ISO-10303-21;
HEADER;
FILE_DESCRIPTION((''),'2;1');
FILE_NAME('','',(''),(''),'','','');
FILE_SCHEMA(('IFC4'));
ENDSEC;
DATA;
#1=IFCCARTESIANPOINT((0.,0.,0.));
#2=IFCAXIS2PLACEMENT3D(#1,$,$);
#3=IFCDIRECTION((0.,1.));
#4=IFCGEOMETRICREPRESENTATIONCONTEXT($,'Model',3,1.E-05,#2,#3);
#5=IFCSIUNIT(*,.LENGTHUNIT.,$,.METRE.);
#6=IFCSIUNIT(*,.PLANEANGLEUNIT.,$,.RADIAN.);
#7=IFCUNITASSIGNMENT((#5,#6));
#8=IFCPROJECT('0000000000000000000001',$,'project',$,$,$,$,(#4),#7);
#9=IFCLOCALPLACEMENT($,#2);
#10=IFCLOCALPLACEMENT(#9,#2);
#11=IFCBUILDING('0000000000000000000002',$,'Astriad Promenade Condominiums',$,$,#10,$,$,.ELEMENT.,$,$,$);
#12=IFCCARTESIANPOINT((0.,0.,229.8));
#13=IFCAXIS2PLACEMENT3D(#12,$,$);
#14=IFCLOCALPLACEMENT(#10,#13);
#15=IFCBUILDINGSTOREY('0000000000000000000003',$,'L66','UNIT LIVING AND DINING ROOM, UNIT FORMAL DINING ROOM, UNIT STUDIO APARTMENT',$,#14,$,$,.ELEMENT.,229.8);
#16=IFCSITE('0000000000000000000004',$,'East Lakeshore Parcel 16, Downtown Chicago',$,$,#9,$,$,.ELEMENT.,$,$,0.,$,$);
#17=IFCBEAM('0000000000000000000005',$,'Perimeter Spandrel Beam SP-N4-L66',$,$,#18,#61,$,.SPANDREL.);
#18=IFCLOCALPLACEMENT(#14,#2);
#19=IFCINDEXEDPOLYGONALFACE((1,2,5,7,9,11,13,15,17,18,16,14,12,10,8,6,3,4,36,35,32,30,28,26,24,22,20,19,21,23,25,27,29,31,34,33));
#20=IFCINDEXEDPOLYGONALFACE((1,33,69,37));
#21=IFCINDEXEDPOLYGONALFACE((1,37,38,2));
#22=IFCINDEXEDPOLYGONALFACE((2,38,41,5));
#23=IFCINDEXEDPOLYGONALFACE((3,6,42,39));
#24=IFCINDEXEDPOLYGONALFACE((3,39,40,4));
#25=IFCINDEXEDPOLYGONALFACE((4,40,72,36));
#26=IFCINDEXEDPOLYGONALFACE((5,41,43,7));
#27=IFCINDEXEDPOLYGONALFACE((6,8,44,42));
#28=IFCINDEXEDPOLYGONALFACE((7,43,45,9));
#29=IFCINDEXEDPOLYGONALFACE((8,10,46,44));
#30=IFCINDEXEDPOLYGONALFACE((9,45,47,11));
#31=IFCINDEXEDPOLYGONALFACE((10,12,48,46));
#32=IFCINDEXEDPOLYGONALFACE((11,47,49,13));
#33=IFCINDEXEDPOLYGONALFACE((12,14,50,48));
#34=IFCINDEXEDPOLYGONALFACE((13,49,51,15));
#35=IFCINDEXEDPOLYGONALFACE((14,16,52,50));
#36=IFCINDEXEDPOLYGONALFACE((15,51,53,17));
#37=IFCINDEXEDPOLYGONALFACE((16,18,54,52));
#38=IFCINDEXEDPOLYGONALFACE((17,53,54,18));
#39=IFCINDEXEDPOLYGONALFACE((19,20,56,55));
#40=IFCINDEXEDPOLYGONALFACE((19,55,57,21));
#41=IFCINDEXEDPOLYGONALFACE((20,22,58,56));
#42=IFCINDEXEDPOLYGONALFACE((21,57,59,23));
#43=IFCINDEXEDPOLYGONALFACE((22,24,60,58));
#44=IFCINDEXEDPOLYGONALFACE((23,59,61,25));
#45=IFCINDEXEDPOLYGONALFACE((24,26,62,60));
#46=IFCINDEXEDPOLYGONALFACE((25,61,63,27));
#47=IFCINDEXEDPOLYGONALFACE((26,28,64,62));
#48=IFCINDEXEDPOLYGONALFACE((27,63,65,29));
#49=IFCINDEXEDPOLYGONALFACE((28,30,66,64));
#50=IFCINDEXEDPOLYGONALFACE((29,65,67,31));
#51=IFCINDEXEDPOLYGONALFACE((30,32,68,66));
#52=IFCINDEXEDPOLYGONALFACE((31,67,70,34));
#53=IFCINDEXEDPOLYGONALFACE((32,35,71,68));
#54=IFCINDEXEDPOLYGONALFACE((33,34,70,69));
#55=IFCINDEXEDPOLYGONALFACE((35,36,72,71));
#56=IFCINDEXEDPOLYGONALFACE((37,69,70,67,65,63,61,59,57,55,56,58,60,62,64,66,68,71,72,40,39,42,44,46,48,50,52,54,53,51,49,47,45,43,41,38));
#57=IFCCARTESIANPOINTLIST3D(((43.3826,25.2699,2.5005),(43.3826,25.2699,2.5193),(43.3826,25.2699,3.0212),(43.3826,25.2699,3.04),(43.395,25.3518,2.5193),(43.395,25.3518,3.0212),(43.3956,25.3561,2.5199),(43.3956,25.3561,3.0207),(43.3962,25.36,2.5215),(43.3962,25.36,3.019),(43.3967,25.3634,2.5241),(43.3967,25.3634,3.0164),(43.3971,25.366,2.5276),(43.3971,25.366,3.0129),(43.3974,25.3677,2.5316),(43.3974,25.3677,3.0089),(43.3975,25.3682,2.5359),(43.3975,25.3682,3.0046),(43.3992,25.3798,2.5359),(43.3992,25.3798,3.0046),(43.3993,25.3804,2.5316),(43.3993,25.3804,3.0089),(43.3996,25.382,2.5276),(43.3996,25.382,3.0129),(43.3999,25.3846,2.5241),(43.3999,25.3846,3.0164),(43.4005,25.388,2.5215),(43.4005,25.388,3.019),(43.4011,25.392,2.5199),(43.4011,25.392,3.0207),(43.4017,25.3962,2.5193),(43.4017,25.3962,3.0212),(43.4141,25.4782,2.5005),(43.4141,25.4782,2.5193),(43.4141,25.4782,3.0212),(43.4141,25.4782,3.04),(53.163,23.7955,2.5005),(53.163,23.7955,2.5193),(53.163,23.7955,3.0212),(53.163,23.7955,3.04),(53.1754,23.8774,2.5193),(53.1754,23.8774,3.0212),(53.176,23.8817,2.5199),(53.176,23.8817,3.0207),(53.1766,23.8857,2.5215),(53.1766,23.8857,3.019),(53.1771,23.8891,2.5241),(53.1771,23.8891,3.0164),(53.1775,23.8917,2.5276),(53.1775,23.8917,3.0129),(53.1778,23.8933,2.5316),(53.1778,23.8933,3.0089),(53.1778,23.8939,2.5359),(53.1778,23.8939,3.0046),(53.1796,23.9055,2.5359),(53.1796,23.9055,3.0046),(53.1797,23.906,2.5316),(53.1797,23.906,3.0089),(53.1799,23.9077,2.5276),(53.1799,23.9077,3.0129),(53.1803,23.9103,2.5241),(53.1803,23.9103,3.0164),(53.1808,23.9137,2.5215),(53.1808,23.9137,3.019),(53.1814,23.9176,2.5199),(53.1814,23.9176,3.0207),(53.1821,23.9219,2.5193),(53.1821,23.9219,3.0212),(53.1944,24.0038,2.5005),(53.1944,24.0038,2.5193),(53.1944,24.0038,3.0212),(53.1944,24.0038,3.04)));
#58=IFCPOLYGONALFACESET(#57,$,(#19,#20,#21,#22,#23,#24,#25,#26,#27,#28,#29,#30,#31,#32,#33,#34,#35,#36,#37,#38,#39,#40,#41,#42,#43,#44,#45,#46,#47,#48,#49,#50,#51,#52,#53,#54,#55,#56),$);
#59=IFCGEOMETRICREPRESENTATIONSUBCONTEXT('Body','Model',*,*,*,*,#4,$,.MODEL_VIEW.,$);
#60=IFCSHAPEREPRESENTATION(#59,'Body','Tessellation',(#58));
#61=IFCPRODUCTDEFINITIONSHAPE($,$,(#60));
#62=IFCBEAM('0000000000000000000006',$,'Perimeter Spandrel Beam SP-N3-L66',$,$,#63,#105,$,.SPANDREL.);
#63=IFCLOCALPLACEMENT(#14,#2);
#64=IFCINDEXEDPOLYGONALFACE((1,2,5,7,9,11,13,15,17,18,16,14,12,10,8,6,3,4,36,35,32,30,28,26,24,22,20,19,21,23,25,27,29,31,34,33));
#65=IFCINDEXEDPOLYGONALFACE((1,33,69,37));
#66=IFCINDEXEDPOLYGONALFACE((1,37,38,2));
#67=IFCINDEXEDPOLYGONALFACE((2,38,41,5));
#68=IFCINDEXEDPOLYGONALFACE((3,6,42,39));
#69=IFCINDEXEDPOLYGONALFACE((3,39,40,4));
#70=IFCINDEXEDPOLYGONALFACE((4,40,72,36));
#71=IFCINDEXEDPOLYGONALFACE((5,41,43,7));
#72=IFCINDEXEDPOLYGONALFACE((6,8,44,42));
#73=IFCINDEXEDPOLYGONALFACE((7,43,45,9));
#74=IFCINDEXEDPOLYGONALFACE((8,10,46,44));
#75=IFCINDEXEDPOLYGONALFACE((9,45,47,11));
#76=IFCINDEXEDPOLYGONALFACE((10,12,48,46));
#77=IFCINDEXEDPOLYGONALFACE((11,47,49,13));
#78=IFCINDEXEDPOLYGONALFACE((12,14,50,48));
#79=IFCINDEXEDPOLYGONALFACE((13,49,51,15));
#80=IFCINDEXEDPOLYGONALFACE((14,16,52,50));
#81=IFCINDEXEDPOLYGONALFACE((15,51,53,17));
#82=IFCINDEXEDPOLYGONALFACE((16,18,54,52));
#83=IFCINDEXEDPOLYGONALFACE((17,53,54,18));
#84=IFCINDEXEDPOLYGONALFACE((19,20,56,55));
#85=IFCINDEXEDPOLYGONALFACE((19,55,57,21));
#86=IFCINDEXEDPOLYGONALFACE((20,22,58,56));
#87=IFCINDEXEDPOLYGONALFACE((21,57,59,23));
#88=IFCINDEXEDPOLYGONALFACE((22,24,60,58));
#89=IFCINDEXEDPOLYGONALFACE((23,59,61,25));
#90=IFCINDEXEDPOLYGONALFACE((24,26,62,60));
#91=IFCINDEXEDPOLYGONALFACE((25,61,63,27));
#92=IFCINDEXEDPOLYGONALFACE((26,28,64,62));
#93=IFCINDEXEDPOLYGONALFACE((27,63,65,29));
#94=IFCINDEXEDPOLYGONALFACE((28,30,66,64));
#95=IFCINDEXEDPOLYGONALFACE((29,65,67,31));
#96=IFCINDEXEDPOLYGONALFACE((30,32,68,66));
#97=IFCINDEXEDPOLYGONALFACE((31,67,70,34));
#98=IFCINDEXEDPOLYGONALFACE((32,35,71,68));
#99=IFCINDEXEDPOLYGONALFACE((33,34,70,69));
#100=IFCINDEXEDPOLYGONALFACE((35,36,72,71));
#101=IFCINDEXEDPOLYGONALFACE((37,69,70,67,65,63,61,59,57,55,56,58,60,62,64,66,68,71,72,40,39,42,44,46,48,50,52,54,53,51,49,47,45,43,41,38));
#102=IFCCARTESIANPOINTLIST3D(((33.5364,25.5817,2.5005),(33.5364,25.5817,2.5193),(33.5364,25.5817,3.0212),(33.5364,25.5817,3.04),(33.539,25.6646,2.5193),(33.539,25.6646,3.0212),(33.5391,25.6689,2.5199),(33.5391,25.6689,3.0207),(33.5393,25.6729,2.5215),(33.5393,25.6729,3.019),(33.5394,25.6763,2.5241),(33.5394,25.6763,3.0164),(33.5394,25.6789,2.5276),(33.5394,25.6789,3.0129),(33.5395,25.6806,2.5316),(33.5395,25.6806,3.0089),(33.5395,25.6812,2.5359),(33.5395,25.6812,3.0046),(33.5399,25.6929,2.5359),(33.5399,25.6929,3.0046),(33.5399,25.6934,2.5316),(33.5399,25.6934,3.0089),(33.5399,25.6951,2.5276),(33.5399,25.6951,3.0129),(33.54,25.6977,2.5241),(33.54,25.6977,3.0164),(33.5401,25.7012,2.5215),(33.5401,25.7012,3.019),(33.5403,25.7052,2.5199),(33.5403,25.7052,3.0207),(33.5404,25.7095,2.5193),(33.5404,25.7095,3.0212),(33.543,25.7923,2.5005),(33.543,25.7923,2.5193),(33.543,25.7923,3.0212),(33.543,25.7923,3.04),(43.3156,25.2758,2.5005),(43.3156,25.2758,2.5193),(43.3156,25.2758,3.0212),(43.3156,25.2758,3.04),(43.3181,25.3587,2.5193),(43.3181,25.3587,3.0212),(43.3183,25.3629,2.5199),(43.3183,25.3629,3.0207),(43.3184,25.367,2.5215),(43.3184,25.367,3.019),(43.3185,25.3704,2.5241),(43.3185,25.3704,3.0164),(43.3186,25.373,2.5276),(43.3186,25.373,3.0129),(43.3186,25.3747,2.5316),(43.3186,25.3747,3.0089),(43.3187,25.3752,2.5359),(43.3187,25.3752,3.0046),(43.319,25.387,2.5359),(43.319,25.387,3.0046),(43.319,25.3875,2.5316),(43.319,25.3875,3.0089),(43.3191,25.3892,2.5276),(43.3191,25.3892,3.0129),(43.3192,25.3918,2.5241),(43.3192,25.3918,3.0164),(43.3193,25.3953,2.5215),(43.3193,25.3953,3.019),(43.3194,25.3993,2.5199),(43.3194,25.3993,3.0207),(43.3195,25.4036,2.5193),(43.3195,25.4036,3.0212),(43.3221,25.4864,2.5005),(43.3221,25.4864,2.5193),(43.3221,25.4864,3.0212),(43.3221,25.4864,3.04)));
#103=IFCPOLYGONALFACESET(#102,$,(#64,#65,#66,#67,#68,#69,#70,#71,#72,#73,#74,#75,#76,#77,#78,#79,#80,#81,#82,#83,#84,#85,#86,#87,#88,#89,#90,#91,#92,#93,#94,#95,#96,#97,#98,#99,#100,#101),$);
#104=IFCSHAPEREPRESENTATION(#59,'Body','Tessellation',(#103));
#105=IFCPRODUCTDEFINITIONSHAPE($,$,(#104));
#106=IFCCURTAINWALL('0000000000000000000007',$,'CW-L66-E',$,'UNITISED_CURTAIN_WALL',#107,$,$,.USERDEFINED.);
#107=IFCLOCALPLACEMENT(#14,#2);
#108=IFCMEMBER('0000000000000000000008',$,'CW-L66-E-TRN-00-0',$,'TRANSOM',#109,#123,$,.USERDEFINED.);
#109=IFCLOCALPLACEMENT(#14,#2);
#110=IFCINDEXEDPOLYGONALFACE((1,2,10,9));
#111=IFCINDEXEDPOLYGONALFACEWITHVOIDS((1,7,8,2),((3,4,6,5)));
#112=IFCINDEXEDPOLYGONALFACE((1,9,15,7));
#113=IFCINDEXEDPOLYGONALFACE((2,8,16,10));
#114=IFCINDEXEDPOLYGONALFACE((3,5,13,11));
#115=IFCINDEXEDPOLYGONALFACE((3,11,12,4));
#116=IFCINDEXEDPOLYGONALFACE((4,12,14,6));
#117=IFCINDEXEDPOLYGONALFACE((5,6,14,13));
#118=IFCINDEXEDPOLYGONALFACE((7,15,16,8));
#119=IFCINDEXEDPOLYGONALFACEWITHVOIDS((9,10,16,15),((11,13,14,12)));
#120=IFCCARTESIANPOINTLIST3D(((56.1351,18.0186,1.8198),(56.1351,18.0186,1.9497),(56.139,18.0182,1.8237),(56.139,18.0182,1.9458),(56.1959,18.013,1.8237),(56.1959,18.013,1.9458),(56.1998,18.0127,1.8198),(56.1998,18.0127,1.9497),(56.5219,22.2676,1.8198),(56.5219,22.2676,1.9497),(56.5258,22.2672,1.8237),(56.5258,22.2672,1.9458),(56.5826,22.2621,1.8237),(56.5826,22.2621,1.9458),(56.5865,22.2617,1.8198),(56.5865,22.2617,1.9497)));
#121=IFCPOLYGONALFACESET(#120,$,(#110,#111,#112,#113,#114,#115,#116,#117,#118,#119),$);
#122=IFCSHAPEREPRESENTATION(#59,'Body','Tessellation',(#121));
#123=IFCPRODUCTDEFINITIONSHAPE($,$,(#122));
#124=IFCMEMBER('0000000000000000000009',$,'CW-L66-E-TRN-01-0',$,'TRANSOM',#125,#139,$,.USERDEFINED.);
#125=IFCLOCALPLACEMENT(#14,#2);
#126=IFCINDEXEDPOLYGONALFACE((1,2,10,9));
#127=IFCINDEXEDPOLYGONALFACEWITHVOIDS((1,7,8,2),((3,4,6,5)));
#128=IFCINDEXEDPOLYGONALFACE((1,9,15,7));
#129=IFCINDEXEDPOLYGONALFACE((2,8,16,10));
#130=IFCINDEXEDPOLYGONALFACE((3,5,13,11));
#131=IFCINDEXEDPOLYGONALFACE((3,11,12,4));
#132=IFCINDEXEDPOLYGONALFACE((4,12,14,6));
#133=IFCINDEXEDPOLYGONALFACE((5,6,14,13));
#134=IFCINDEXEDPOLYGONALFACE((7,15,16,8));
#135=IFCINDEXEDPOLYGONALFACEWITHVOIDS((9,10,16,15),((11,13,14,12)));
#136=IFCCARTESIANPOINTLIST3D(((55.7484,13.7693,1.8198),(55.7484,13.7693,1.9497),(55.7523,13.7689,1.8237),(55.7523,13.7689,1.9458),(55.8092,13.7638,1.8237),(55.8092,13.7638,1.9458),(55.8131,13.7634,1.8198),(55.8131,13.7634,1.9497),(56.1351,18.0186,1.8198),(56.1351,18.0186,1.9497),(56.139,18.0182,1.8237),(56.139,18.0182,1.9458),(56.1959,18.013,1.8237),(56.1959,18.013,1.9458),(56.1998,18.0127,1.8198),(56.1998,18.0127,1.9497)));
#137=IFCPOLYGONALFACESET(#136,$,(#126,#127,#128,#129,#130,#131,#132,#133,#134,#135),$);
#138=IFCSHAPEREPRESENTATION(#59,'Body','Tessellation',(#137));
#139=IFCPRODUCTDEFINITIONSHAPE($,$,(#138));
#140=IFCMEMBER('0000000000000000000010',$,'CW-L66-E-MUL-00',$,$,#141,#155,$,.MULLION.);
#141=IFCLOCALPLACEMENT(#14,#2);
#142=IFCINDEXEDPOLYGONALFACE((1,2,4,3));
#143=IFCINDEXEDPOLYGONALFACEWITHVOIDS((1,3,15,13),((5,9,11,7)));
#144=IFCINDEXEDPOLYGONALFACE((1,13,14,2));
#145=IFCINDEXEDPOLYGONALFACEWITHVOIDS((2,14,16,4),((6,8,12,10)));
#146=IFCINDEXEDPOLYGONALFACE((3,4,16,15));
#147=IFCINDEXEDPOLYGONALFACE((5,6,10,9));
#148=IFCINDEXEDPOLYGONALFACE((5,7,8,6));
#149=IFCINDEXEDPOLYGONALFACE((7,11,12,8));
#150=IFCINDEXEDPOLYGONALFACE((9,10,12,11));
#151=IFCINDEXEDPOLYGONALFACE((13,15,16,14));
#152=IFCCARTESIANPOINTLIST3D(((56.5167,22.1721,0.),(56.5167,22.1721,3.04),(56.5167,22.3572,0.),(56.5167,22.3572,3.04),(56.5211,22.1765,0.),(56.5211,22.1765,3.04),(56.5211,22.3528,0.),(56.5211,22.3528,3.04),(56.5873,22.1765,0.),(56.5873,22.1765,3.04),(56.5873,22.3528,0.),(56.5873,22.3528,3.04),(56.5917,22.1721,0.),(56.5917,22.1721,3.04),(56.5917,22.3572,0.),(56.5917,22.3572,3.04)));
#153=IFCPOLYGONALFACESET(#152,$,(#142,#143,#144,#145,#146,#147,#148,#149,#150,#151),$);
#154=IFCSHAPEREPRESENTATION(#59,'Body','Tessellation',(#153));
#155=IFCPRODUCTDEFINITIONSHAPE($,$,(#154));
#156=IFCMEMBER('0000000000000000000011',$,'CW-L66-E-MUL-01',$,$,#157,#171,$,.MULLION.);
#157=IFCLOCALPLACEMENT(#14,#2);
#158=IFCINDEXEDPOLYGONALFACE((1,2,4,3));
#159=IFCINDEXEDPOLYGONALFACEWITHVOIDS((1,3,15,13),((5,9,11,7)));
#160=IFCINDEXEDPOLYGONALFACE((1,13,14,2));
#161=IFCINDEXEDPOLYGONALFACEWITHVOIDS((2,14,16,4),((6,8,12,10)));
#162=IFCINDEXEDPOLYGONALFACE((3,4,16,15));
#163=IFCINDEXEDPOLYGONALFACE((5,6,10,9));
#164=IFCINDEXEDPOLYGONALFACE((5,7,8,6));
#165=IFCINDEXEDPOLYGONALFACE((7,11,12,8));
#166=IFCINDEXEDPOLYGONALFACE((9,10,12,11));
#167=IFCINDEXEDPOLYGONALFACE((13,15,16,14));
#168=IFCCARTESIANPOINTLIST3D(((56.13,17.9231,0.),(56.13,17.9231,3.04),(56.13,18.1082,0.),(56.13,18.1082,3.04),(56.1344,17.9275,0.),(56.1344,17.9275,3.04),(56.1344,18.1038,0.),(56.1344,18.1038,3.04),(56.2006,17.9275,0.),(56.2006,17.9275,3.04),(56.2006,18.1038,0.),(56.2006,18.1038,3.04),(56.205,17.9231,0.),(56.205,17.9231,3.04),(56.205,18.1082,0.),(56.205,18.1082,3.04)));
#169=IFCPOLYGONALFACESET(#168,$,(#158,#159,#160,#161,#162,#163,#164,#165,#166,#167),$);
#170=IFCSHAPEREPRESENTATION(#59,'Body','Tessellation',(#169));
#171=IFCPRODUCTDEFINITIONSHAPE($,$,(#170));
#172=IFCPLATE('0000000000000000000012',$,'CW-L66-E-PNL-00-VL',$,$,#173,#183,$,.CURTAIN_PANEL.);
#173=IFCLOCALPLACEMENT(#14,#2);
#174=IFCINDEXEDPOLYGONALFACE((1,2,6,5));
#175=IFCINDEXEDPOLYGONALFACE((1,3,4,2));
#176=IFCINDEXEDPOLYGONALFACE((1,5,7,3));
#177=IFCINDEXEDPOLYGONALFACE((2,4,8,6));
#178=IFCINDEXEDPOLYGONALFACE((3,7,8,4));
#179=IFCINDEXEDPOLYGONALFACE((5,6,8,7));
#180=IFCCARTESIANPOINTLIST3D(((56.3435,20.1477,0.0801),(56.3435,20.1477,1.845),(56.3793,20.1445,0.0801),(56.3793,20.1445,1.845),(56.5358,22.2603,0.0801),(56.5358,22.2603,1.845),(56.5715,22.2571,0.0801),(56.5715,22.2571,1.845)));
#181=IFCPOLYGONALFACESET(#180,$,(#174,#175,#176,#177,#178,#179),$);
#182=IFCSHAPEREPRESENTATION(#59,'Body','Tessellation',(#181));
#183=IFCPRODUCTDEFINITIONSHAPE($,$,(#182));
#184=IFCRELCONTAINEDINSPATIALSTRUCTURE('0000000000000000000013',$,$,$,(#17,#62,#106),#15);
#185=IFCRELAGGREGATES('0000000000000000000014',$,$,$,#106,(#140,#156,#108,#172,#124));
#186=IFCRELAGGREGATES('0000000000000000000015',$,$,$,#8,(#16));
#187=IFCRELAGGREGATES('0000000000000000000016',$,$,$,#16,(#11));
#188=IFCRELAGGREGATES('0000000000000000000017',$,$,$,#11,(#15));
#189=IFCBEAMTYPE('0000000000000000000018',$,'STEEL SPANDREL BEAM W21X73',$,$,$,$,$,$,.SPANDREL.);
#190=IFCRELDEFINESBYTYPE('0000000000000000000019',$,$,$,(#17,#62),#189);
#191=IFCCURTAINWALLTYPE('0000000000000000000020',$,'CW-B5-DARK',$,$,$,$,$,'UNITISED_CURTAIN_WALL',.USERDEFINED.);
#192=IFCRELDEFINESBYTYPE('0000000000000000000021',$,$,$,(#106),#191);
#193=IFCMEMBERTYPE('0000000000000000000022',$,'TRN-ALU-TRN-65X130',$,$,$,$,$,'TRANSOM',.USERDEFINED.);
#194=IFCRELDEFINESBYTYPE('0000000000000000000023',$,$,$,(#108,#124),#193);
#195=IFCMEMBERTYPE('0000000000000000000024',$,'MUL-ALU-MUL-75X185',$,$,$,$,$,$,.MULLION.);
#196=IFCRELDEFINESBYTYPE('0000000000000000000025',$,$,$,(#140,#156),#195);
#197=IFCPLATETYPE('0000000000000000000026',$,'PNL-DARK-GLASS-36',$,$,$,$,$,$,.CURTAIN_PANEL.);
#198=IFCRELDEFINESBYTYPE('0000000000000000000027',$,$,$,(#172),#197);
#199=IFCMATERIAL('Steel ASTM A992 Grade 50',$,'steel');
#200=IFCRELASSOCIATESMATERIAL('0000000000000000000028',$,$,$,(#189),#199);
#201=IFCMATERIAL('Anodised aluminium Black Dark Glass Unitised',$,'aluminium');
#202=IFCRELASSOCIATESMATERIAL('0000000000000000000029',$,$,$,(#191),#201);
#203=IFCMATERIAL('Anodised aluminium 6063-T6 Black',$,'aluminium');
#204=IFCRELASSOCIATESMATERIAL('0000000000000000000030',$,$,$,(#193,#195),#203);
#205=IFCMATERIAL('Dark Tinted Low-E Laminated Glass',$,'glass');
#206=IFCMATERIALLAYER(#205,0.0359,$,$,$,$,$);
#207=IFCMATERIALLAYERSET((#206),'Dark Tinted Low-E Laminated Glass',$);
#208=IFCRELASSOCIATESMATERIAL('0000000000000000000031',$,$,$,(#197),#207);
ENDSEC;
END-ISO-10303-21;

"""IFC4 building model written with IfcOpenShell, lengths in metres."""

from ifc_helpers import new_model, si_unit, direction, frame, origin, origin_2d, place, context, subcontext, project, spatial, rectangle, hollow_rectangle, i_section, extrude, source, transform, mapped, material, layer, layer_set, material_profile, profile_set, type_object, type_shapes, element, aggregate, save


model = new_model("IFC4")

# Units and contexts
model_context = context("Model", 3, precision=1e-05, world=origin(), true_north=direction((0.0, 1.0)))
body_context = subcontext(model_context, "Body", "Model", "MODEL_VIEW")
ifc_project = project(units=[si_unit("LENGTHUNIT", "METRE"), si_unit("PLANEANGLEUNIT", "RADIAN")], contexts=[model_context])

# Site, building, storey
site_placement = place(None, origin())
site = spatial("IfcSite", under=ifc_project, at=site_placement, Name="East Lakeshore Parcel 16, Downtown Chicago", CompositionType="ELEMENT", RefElevation=0.0)
building_placement = place(site_placement, origin())
building = spatial("IfcBuilding", under=site, at=building_placement, Name="Astriad Promenade Condominiums", CompositionType="ELEMENT")
storey_placement = place(building_placement, frame((0.0, 0.0, 229.8)))
storey = spatial("IfcBuildingStorey", under=building, at=storey_placement, Name="L66", Description="UNIT LIVING AND DINING ROOM, UNIT FORMAL DINING ROOM, UNIT STUDIO APARTMENT", CompositionType="ELEMENT", Elevation=229.8)

# Shared definitions
ifc_material_1 = material(Name="Steel ASTM A992 Grade 50", Category="steel")

# Beams
ifc_material_profile_1 = material_profile(ifc_material_1, i_section(OverallWidth=0.2107, OverallDepth=0.5396, WebThickness=0.0117, FlangeThickness=0.0188, FilletRadius=0.0166, at=origin_2d()), Name="W21X73")
ifc_profile_set_1 = profile_set([ifc_material_profile_1], Name="Steel ASTM A992 Grade 50")
beam_type_1 = type_object("IfcBeamType", Name="STEEL SPANDREL BEAM W21X73", PredefinedType="SPANDREL", material=ifc_profile_set_1)
shared_shape_1 = source(origin(), body_context, "Body", "SweptSolid", [
    extrude(i_section(OverallWidth=0.2107, OverallDepth=0.5396, WebThickness=0.0117, FlangeThickness=0.0188, FilletRadius=0.0166, at=origin_2d()), origin(), (0.0, 0.0, 1.0), 9.8909),
])
beam_1_placement = place(storey_placement, frame((53.1787, 23.8997, 2.7703), z_axis=(-0.988827, 0.149065, 0.0), x_axis=(-0.149065, -0.988827, 0.0)))
element("IfcBeam", 1, at=beam_1_placement, inside=storey, type_object=beam_type_1, Name="Perimeter Spandrel Beam SP-N4-L66", PredefinedType="SPANDREL", context=body_context, shape_type="MappedRepresentation", body=[
    mapped(shared_shape_1, transform((0.0, 0.0, 0.0), scale=1.0)),
])
shared_shape_2 = source(origin(), body_context, "Body", "SweptSolid", [
    extrude(i_section(OverallWidth=0.2107, OverallDepth=0.5396, WebThickness=0.0117, FlangeThickness=0.0188, FilletRadius=0.0166, at=origin_2d()), origin(), (0.0, 0.0, 1.0), 9.7839),
])
type_shapes(beam_type_1, [shared_shape_1, shared_shape_2])
beam_2_placement = place(storey_placement, frame((43.3188, 25.3811, 2.7703), z_axis=(-0.999511, 0.031267, 0.0), x_axis=(-0.031267, -0.999511, 0.0)))
element("IfcBeam", 2, at=beam_2_placement, inside=storey, type_object=beam_type_1, Name="Perimeter Spandrel Beam SP-N3-L66", PredefinedType="SPANDREL", context=body_context, shape_type="MappedRepresentation", body=[
    mapped(shared_shape_2, transform((0.0, 0.0, 0.0), scale=1.0)),
])

# Curtain wall, members, plate
ifc_material_2 = material(Name="Anodised aluminium Black Dark Glass Unitised", Category="aluminium")
curtain_wall_type = type_object("IfcCurtainWallType", Name="CW-B5-DARK", ElementType="UNITISED_CURTAIN_WALL", PredefinedType="USERDEFINED", material=ifc_material_2)
curtain_wall_placement = place(storey_placement, origin())
curtain_wall = element("IfcCurtainWall", 3, at=curtain_wall_placement, inside=storey, type_object=curtain_wall_type, Name="CW-L66-E", ObjectType="UNITISED_CURTAIN_WALL", PredefinedType="USERDEFINED")
ifc_material_3 = material(Name="Anodised aluminium 6063-T6 Black", Category="aluminium")
ifc_material_profile_2 = material_profile(ifc_material_3, hollow_rectangle(XDim=0.0649, YDim=0.1299, WallThickness=0.0039, at=origin_2d()), Name="ALU-TRN-65X130")
ifc_profile_set_2 = profile_set([ifc_material_profile_2], Name="Anodised aluminium 6063-T6 Black")
member_type_1 = type_object("IfcMemberType", Name="TRN-ALU-TRN-65X130", ElementType="TRANSOM", PredefinedType="USERDEFINED", material=ifc_profile_set_2)
shared_shape_3 = source(origin(), body_context, "Body", "SweptSolid", [
    extrude(hollow_rectangle(XDim=0.0649, YDim=0.1299, WallThickness=0.0039, at=origin_2d()), origin(), (0.0, 0.0, 1.0), 4.2666),
])
member_1_placement = place(storey_placement, frame((56.5542, 22.2646, 1.8848), z_axis=(-0.090639, -0.995884, 0.0), x_axis=(0.995884, -0.090639, 0.0)))
member_1 = element("IfcMember", 4, at=member_1_placement, type_object=member_type_1, Name="CW-L66-E-TRN-00-0", ObjectType="TRANSOM", PredefinedType="USERDEFINED", context=body_context, shape_type="MappedRepresentation", body=[
    mapped(shared_shape_3, transform((0.0, 0.0, 0.0), scale=1.0)),
])
shared_shape_4 = source(origin(), body_context, "Body", "SweptSolid", [
    extrude(hollow_rectangle(XDim=0.0649, YDim=0.1299, WallThickness=0.0039, at=origin_2d()), origin(), (0.0, 0.0, 1.0), 4.2668),
])
type_shapes(member_type_1, [shared_shape_3, shared_shape_4])
member_2_placement = place(storey_placement, frame((56.1675, 18.0156, 1.8848), z_axis=(-0.090634, -0.995884, 0.0), x_axis=(0.995884, -0.090634, 0.0)))
member_2 = element("IfcMember", 5, at=member_2_placement, type_object=member_type_1, Name="CW-L66-E-TRN-01-0", ObjectType="TRANSOM", PredefinedType="USERDEFINED", context=body_context, shape_type="MappedRepresentation", body=[
    mapped(shared_shape_4, transform((0.0, 0.0, 0.0), scale=1.0)),
])
ifc_material_profile_3 = material_profile(ifc_material_3, hollow_rectangle(XDim=0.075, YDim=0.1851, WallThickness=0.0044, at=origin_2d()), Name="ALU-MUL-75X185")
ifc_profile_set_3 = profile_set([ifc_material_profile_3], Name="Anodised aluminium 6063-T6 Black")
member_type_2 = type_object("IfcMemberType", Name="MUL-ALU-MUL-75X185", PredefinedType="MULLION", material=ifc_profile_set_3)
shared_shape_5 = source(origin(), body_context, "Body", "SweptSolid", [
    extrude(hollow_rectangle(XDim=0.075, YDim=0.1851, WallThickness=0.0044, at=origin_2d()), origin(), (0.0, 0.0, 1.0), 3.04),
])
type_shapes(member_type_2, [shared_shape_5])
member_3_placement = place(storey_placement, frame((56.5542, 22.2646, 0.0), z_axis=(0.0, 0.0, 1.0), x_axis=(1.0, 0.0, 0.0)))
member_3 = element("IfcMember", 6, at=member_3_placement, type_object=member_type_2, Name="CW-L66-E-MUL-00", PredefinedType="MULLION", context=body_context, shape_type="MappedRepresentation", body=[
    mapped(shared_shape_5, transform((0.0, 0.0, 0.0), scale=1.0)),
])
member_4_placement = place(storey_placement, frame((56.1675, 18.0156, 0.0), z_axis=(0.0, 0.0, 1.0), x_axis=(1.0, 0.0, 0.0)))
member_4 = element("IfcMember", 7, at=member_4_placement, type_object=member_type_2, Name="CW-L66-E-MUL-01", PredefinedType="MULLION", context=body_context, shape_type="MappedRepresentation", body=[
    mapped(shared_shape_5, transform((0.0, 0.0, 0.0), scale=1.0)),
])
ifc_material_4 = material(Name="Dark Tinted Low-E Laminated Glass", Category="glass")
ifc_layer_1 = layer(ifc_material_4, 0.0359)
ifc_layer_set_1 = layer_set([ifc_layer_1], Name="Dark Tinted Low-E Laminated Glass")
plate_type = type_object("IfcPlateType", Name="PNL-DARK-GLASS-36", PredefinedType="CURTAIN_PANEL", material=ifc_layer_set_1)
shared_shape_6 = source(origin(), body_context, "Body", "SweptSolid", [
    extrude(rectangle(XDim=2.1213, YDim=0.0359, at=origin_2d()), origin(), (0.0, 0.0, 1.0), 1.7649),
])
plate_1_placement = place(storey_placement, frame((56.4575, 21.2024, 0.0801), z_axis=(0.0, 0.0, 1.0), x_axis=(-0.090633, -0.995884, 0.0)))
plate_1 = element("IfcPlate", 8, at=plate_1_placement, type_object=plate_type, Name="CW-L66-E-PNL-00-VL", PredefinedType="CURTAIN_PANEL", context=body_context, shape_type="MappedRepresentation", body=[
    mapped(shared_shape_6, transform((0.0, 0.0, 0.0), scale=1.0)),
])
aggregate(curtain_wall, [member_3, member_4, member_1, plate_1, member_2])

save(model, "model.ifc")
